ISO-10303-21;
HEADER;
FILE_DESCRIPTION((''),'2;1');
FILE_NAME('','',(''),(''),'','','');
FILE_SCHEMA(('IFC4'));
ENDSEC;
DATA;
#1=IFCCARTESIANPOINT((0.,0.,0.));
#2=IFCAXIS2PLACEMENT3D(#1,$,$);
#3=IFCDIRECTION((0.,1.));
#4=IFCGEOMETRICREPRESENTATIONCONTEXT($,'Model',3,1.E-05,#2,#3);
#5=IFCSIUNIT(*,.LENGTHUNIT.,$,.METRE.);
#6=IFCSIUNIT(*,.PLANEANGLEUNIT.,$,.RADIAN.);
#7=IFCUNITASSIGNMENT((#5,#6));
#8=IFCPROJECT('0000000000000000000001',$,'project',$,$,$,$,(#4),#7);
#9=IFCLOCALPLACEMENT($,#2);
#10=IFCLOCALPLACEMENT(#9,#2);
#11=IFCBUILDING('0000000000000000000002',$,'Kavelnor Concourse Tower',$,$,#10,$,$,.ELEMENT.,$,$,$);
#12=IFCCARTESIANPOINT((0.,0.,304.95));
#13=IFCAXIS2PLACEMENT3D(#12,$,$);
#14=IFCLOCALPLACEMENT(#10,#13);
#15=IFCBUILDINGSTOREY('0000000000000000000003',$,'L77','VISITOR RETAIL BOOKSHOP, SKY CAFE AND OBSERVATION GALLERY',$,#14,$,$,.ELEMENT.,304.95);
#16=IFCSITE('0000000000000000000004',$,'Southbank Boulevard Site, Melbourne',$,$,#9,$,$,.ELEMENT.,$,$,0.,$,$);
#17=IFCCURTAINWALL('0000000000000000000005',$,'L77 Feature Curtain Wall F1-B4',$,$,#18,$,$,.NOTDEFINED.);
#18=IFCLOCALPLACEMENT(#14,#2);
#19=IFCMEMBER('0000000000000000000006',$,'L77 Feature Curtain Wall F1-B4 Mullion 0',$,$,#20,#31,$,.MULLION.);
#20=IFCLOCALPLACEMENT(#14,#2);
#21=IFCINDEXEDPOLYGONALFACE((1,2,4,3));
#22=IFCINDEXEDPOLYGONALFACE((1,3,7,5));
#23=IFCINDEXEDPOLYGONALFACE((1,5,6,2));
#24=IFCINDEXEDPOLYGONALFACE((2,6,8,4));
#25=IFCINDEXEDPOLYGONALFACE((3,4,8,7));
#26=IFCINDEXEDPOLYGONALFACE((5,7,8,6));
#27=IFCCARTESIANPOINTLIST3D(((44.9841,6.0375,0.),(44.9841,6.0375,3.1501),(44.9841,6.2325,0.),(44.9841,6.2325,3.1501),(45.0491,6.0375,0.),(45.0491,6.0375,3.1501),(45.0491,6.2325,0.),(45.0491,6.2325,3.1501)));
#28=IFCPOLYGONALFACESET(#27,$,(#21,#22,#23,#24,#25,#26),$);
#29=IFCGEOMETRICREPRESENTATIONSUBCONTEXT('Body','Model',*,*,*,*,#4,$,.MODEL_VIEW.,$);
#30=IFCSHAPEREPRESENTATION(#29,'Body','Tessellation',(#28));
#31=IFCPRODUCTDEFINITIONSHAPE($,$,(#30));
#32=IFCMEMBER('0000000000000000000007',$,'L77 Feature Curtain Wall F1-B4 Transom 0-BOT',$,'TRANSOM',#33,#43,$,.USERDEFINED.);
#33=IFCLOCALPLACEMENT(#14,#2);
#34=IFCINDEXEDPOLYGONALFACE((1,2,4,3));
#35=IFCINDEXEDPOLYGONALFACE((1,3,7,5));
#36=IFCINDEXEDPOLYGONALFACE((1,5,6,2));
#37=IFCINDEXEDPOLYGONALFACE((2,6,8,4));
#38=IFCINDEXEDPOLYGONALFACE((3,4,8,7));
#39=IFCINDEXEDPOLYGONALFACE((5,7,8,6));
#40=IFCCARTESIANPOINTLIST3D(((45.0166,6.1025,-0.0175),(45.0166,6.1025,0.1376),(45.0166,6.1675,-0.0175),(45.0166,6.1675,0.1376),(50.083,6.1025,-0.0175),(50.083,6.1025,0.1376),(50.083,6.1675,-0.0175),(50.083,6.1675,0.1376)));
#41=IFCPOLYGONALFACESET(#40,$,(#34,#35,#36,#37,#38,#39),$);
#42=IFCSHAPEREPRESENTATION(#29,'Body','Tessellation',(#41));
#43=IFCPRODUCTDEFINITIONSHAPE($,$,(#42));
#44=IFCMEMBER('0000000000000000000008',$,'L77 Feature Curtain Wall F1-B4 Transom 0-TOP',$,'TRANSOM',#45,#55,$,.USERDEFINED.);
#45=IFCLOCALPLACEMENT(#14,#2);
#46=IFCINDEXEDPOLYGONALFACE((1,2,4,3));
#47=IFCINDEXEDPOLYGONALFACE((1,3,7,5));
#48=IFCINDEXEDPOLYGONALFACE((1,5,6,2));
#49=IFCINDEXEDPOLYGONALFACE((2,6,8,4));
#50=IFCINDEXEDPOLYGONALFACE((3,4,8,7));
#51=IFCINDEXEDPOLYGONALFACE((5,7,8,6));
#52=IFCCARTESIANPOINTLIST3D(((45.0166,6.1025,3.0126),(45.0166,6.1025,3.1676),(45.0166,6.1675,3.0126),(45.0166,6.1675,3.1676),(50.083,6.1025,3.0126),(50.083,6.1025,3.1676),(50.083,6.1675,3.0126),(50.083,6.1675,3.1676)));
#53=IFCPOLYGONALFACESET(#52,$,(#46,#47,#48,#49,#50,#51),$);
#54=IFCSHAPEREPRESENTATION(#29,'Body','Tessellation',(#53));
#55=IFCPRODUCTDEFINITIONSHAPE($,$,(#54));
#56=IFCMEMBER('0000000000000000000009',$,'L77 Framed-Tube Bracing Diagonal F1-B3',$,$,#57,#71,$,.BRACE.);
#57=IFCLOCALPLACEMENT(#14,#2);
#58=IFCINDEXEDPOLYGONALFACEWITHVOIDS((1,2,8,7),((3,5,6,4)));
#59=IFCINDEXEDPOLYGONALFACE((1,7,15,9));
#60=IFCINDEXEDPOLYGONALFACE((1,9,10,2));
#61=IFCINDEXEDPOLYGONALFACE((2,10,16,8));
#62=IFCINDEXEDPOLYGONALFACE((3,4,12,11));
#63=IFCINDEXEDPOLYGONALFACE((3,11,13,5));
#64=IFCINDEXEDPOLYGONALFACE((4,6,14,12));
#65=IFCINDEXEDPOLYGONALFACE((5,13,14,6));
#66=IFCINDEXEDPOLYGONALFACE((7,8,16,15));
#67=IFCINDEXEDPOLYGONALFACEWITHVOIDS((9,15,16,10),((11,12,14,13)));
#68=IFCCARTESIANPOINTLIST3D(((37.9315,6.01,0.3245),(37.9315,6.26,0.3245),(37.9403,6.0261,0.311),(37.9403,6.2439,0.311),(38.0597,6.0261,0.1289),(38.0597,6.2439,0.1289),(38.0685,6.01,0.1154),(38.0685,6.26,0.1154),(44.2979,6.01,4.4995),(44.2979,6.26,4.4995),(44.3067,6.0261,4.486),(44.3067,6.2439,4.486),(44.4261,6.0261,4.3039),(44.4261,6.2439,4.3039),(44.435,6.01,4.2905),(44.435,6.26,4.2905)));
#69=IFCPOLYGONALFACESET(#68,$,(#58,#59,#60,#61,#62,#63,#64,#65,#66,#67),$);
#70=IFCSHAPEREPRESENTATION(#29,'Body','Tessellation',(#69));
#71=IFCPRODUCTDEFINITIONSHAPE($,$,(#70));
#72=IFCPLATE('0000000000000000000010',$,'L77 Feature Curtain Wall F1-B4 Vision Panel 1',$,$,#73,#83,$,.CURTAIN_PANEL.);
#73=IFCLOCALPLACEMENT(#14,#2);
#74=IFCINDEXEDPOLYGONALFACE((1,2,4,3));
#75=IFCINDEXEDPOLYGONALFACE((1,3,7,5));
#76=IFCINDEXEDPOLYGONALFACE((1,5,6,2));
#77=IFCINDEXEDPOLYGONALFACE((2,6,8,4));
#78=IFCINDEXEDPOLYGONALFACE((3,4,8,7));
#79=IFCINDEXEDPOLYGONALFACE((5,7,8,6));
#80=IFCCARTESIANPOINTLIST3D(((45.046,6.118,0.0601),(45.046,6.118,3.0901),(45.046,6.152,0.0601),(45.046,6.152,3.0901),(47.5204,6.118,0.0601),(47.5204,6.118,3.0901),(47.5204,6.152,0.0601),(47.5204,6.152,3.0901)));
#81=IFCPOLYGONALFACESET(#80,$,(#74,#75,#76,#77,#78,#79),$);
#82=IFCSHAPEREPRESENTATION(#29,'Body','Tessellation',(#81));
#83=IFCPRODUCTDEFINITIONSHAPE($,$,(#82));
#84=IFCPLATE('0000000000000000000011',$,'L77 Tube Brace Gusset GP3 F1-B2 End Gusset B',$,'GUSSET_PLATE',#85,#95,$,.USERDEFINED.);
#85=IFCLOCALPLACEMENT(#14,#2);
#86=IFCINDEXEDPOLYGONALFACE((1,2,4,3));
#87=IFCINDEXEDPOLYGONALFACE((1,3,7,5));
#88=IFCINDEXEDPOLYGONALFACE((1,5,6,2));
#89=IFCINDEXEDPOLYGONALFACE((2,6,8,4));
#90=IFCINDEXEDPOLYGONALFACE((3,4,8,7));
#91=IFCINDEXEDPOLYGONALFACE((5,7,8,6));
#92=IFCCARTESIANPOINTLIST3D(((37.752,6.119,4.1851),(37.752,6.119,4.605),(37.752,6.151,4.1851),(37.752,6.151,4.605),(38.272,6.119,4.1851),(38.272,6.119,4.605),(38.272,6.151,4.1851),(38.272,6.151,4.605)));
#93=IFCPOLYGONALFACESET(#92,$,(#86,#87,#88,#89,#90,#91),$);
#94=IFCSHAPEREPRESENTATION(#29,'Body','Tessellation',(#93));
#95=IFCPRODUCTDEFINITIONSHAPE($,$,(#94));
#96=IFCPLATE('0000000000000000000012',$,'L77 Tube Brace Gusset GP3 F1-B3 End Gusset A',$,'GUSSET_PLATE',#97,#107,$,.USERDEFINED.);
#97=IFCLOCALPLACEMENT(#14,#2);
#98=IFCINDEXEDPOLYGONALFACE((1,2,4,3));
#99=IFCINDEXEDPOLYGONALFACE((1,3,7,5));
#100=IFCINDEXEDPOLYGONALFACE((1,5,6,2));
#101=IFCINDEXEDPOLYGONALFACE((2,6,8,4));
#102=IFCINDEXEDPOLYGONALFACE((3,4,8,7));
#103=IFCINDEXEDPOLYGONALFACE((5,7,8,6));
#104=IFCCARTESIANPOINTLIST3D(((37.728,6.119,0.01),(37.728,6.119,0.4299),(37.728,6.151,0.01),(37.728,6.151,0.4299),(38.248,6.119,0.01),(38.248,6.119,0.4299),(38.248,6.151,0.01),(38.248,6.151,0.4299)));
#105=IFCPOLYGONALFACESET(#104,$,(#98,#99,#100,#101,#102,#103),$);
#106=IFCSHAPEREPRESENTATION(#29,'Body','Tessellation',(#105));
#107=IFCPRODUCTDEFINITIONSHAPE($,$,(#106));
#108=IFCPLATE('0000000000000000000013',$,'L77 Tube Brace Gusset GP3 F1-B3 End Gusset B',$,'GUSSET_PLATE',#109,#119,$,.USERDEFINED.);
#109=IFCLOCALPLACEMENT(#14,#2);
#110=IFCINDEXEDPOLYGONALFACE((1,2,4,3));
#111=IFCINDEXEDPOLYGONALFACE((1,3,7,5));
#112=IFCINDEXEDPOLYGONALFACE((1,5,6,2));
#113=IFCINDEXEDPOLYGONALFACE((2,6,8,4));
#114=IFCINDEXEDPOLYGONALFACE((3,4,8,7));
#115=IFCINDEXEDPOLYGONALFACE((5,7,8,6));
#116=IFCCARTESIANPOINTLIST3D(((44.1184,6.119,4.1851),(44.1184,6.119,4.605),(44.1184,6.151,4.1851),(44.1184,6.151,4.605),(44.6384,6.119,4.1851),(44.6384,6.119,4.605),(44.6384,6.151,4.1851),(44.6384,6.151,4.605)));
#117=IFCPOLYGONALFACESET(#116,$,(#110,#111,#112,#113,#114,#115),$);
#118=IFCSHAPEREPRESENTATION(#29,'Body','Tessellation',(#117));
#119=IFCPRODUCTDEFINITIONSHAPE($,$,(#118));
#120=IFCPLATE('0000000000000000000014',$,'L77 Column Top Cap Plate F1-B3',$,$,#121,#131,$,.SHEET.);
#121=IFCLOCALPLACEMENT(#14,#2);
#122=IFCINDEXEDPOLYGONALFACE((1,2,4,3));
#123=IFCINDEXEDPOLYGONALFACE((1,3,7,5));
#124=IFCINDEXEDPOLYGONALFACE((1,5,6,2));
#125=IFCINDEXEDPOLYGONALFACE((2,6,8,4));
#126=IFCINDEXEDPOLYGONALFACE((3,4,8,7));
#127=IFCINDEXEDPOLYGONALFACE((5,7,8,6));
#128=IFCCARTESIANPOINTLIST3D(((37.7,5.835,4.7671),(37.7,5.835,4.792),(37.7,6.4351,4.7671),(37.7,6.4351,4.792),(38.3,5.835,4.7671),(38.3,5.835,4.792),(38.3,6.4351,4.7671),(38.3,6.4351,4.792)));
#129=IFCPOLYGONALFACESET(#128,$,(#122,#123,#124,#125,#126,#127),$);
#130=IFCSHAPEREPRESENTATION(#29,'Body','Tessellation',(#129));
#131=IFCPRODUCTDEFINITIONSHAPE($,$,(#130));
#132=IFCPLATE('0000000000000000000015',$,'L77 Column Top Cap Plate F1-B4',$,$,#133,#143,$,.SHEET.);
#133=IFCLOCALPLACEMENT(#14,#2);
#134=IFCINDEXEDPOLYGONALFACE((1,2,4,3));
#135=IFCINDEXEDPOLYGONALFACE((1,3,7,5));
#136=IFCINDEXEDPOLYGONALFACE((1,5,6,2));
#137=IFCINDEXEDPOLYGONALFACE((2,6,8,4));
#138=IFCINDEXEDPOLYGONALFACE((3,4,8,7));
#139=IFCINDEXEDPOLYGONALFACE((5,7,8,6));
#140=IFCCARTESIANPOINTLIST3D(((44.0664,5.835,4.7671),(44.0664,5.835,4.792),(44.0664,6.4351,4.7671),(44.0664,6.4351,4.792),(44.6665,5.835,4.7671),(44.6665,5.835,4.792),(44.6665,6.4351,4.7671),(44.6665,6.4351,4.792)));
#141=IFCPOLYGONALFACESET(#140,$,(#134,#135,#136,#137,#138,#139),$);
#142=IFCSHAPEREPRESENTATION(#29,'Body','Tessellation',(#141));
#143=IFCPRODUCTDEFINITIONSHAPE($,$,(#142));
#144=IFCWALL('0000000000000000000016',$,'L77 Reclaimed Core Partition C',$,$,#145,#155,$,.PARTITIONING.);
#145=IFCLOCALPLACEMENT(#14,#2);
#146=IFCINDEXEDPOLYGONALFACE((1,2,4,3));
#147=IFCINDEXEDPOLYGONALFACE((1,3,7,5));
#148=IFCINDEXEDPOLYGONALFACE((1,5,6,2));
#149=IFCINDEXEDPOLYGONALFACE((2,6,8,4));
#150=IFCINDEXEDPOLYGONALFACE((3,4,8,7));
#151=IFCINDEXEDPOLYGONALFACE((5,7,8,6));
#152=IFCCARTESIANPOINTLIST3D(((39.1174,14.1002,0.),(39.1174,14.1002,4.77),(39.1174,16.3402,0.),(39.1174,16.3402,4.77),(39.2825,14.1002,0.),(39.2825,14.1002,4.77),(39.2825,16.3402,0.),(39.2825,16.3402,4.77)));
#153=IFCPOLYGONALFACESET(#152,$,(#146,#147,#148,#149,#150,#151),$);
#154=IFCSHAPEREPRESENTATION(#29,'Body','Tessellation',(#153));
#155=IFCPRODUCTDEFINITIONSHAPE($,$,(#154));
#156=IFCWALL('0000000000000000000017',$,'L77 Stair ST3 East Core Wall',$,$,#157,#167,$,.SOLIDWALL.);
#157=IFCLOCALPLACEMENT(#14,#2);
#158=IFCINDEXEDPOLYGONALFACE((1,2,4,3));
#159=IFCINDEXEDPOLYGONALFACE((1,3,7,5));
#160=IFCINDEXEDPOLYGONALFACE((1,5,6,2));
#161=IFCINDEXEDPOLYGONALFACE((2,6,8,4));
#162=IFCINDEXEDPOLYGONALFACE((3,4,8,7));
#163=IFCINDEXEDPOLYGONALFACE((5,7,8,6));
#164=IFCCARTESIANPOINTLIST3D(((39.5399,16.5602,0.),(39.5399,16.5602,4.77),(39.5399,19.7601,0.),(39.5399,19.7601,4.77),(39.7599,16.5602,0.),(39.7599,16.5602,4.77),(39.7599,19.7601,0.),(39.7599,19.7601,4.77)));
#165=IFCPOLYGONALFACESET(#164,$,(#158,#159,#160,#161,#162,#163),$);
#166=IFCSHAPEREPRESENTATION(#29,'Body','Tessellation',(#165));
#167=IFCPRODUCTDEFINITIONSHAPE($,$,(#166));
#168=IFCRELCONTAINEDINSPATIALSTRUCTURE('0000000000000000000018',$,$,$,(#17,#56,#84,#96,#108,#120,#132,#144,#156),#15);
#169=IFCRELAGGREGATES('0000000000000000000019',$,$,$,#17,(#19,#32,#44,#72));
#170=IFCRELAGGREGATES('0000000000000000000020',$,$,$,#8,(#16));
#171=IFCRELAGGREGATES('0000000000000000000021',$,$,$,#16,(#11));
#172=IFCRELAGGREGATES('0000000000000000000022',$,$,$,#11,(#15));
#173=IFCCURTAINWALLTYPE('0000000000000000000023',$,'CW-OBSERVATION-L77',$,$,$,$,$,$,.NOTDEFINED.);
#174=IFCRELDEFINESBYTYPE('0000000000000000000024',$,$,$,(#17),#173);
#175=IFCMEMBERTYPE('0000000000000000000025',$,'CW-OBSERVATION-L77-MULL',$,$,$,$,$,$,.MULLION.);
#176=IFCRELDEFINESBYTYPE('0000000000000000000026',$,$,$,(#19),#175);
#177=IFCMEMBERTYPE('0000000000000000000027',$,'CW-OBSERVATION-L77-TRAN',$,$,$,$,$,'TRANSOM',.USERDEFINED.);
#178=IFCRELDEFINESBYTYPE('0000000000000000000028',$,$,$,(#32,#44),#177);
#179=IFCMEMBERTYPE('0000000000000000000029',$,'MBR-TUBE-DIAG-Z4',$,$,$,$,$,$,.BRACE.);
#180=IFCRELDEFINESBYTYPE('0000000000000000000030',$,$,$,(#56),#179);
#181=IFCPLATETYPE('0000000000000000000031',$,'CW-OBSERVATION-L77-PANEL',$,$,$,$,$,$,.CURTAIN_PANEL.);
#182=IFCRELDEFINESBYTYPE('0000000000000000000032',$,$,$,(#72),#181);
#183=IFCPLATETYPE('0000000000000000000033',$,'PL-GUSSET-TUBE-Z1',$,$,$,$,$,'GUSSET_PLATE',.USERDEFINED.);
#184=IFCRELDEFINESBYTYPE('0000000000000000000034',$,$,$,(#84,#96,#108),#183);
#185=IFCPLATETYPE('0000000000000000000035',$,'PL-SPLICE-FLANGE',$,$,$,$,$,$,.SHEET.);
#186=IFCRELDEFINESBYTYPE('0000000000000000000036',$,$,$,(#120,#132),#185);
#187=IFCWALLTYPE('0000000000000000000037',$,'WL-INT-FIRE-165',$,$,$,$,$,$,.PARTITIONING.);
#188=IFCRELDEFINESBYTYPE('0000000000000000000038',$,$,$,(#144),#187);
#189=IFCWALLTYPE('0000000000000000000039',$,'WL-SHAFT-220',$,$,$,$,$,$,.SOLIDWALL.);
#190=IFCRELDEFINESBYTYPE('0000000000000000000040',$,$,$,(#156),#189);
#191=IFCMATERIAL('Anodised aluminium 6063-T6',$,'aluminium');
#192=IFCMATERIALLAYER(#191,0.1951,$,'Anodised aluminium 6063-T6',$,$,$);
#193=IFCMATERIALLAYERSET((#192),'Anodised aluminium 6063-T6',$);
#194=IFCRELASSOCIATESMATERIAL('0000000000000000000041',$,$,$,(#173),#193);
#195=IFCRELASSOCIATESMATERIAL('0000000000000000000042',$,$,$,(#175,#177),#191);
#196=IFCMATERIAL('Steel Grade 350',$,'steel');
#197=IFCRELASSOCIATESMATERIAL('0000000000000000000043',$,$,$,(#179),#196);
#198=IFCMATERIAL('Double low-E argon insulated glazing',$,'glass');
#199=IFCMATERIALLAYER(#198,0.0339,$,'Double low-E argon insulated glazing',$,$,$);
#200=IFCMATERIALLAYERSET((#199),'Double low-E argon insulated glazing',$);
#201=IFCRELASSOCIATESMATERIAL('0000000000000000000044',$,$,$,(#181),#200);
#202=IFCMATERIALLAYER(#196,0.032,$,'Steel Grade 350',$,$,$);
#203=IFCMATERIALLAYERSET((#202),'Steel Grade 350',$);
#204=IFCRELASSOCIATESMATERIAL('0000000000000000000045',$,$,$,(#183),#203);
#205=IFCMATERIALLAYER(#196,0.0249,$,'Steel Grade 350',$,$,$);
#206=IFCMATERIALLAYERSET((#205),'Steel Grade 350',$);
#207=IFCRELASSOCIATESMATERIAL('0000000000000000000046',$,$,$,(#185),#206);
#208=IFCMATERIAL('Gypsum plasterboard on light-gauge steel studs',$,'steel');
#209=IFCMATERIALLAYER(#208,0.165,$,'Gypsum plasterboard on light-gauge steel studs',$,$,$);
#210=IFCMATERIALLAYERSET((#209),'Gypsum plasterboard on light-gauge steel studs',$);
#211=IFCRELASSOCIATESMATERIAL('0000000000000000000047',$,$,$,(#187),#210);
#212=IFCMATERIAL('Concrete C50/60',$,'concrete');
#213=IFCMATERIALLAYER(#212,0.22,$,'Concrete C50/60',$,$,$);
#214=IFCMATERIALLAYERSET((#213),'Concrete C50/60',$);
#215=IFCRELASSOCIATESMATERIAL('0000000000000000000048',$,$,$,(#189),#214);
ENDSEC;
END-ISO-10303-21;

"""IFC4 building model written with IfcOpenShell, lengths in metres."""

from ifc_helpers import new_model, si_unit, direction, frame, frame_2d, origin, origin_2d, place, context, subcontext, project, spatial, rectangle, hollow_rectangle, extrude, material, layer, layer_set, material_profile, profile_set, type_object, element, aggregate, save


model = new_model("IFC4")

# Units and contexts
model_context = context("Model", 3, precision=1e-05, world=origin(), true_north=direction((0.0, 1.0)))
body_context = subcontext(model_context, "Body", "Model", "MODEL_VIEW")
ifc_project = project(units=[si_unit("LENGTHUNIT", "METRE"), si_unit("PLANEANGLEUNIT", "RADIAN")], contexts=[model_context])

# Site, building, storey
site_placement = place(None, origin())
site = spatial("IfcSite", under=ifc_project, at=site_placement, Name="Southbank Boulevard Site, Melbourne", CompositionType="ELEMENT", RefElevation=0.0)
building_placement = place(site_placement, origin())
building = spatial("IfcBuilding", under=site, at=building_placement, Name="Kavelnor Concourse Tower", CompositionType="ELEMENT")
storey_placement = place(building_placement, frame((0.0, 0.0, 304.95)))
storey = spatial("IfcBuildingStorey", under=building, at=storey_placement, Name="L77", Description="VISITOR RETAIL BOOKSHOP, SKY CAFE AND OBSERVATION GALLERY", CompositionType="ELEMENT", Elevation=304.95)

# Shared definitions
ifc_material_1 = material(Name="Steel Grade 350", Category="steel")

# Curtain wall, members
ifc_material_2 = material(Name="Anodised aluminium 6063-T6", Category="aluminium")
ifc_layer_1 = layer(ifc_material_2, 0.1951, Name="Anodised aluminium 6063-T6")
ifc_layer_set_1 = layer_set([ifc_layer_1], Name="Anodised aluminium 6063-T6")
curtain_wall_type = type_object("IfcCurtainWallType", Name="CW-OBSERVATION-L77", PredefinedType="NOTDEFINED", material=ifc_layer_set_1)
curtain_wall_placement = place(storey_placement, origin())
curtain_wall = element("IfcCurtainWall", 1, at=curtain_wall_placement, inside=storey, type_object=curtain_wall_type, Name="L77 Feature Curtain Wall F1-B4", PredefinedType="NOTDEFINED")
ifc_material_profile_1 = material_profile(ifc_material_2, rectangle(XDim=0.0649, YDim=0.1951, at=origin_2d()), Name="AL-MULL 65x195")
ifc_profile_set_1 = profile_set([ifc_material_profile_1], Name="Anodised aluminium 6063-T6")
member_type_1 = type_object("IfcMemberType", Name="CW-OBSERVATION-L77-MULL", PredefinedType="MULLION", material=ifc_profile_set_1)
member_1_placement = place(storey_placement, frame((45.0166, 6.135, 0.0), z_axis=(0.0, 0.0, 1.0), x_axis=(1.0, 0.0, 0.0)))
member_1 = element("IfcMember", 2, at=member_1_placement, type_object=member_type_1, Name="L77 Feature Curtain Wall F1-B4 Mullion 0", PredefinedType="MULLION", context=body_context, shape_type="SweptSolid", body=[
    extrude(rectangle(XDim=0.0649, YDim=0.1951, at=origin_2d()), origin(), (0.0, 0.0, 1.0), 3.1501),
])
ifc_material_profile_2 = material_profile(ifc_material_2, rectangle(XDim=0.0649, YDim=0.155, at=origin_2d()), Name="AL-TRAN 65x155")
ifc_profile_set_2 = profile_set([ifc_material_profile_2], Name="Anodised aluminium 6063-T6")
member_type_2 = type_object("IfcMemberType", Name="CW-OBSERVATION-L77-TRAN", ElementType="TRANSOM", PredefinedType="USERDEFINED", material=ifc_profile_set_2)
member_2_placement = place(storey_placement, frame((45.0166, 6.135, 0.0601), z_axis=(1.0, 0.0, 0.0), x_axis=(0.0, 1.0, 0.0)))
member_2 = element("IfcMember", 3, at=member_2_placement, type_object=member_type_2, Name="L77 Feature Curtain Wall F1-B4 Transom 0-BOT", ObjectType="TRANSOM", PredefinedType="USERDEFINED", context=body_context, shape_type="SweptSolid", body=[
    extrude(rectangle(XDim=0.0649, YDim=0.155, at=origin_2d()), origin(), (0.0, 0.0, 1.0), 5.0664),
])
member_3_placement = place(storey_placement, frame((45.0166, 6.135, 3.0901), z_axis=(1.0, 0.0, 0.0), x_axis=(0.0, 1.0, 0.0)))
member_3 = element("IfcMember", 4, at=member_3_placement, type_object=member_type_2, Name="L77 Feature Curtain Wall F1-B4 Transom 0-TOP", ObjectType="TRANSOM", PredefinedType="USERDEFINED", context=body_context, shape_type="SweptSolid", body=[
    extrude(rectangle(XDim=0.0649, YDim=0.155, at=origin_2d()), origin(), (0.0, 0.0, 1.0), 5.0664),
])

# Member
ifc_material_profile_3 = material_profile(ifc_material_1, hollow_rectangle(XDim=0.25, YDim=0.25, WallThickness=0.0161, at=origin_2d()), Name="SHS 250x250x16")
ifc_profile_set_3 = profile_set([ifc_material_profile_3], Name="Steel Grade 350")
member_type_3 = type_object("IfcMemberType", Name="MBR-TUBE-DIAG-Z4", PredefinedType="BRACE", material=ifc_profile_set_3)
member_4_placement = place(storey_placement, frame((38.0, 6.135, 0.22), z_axis=(0.836225, 0.0, 0.548387), x_axis=(0.0, 1.0, 0.0)))
element("IfcMember", 5, at=member_4_placement, inside=storey, type_object=member_type_3, Name="L77 Framed-Tube Bracing Diagonal F1-B3", PredefinedType="BRACE", context=body_context, shape_type="SweptSolid", body=[
    extrude(hollow_rectangle(XDim=0.25, YDim=0.25, WallThickness=0.0161, at=origin_2d()), origin(), (0.0, 0.0, 1.0), 7.6133),
])

# Plate
ifc_material_3 = material(Name="Double low-E argon insulated glazing", Category="glass")
ifc_layer_2 = layer(ifc_material_3, 0.0339, Name="Double low-E argon insulated glazing")
ifc_layer_set_2 = layer_set([ifc_layer_2], Name="Double low-E argon insulated glazing")
plate_type_1 = type_object("IfcPlateType", Name="CW-OBSERVATION-L77-PANEL", PredefinedType="CURTAIN_PANEL", material=ifc_layer_set_2)
plate_placement = place(storey_placement, frame((46.2832, 6.135, 0.0601), z_axis=(0.0, 0.0, 1.0), x_axis=(1.0, 0.0, 0.0)))
plate = element("IfcPlate", 6, at=plate_placement, type_object=plate_type_1, Name="L77 Feature Curtain Wall F1-B4 Vision Panel 1", PredefinedType="CURTAIN_PANEL", context=body_context, shape_type="SweptSolid", body=[
    extrude(rectangle(XDim=2.4744, YDim=0.0339, at=origin_2d()), origin(), (0.0, 0.0, 1.0), 3.03),
])
aggregate(curtain_wall, [member_1, member_2, member_3, plate])

# Plates
ifc_layer_3 = layer(ifc_material_1, 0.032, Name="Steel Grade 350")
ifc_layer_set_3 = layer_set([ifc_layer_3], Name="Steel Grade 350")
plate_type_2 = type_object("IfcPlateType", Name="PL-GUSSET-TUBE-Z1", ElementType="GUSSET_PLATE", PredefinedType="USERDEFINED", material=ifc_layer_set_3)
for number, where, z_axis, x_axis, name in (
    (7, (38.012, 6.135, 4.1851), (0.0, 0.0, 1.0), (1.0, 0.0, 0.0), "L77 Tube Brace Gusset GP3 F1-B2 End Gusset B"),
    (8, (37.988, 6.135, 0.01), (0.0, 0.0, 1.0), (1.0, 0.0, 0.0), "L77 Tube Brace Gusset GP3 F1-B3 End Gusset A"),
    (9, (44.3784, 6.135, 4.1851), (0.0, 0.0, 1.0), (1.0, 0.0, 0.0), "L77 Tube Brace Gusset GP3 F1-B3 End Gusset B"),
):
    element("IfcPlate", number, at=place(storey_placement, frame(where, z_axis=z_axis, x_axis=x_axis)), inside=storey, type_object=plate_type_2, Name=name, ObjectType="GUSSET_PLATE", PredefinedType="USERDEFINED", context=body_context, shape_type="SweptSolid", body=[
        extrude(rectangle(XDim=0.52, YDim=0.032, at=origin_2d()), origin(), (0.0, 0.0, 1.0), 0.4199),
    ])
ifc_layer_4 = layer(ifc_material_1, 0.0249, Name="Steel Grade 350")
ifc_layer_set_4 = layer_set([ifc_layer_4], Name="Steel Grade 350")
plate_type_3 = type_object("IfcPlateType", Name="PL-SPLICE-FLANGE", PredefinedType="SHEET", material=ifc_layer_set_4)
for number, where, z_axis, x_axis, name in (
    (10, (38.0, 6.135, 4.7671), (0.0, 0.0, 1.0), (1.0, 0.0, 0.0), "L77 Column Top Cap Plate F1-B3"),
    (11, (44.3665, 6.135, 4.7671), (0.0, 0.0, 1.0), (1.0, 0.0, 0.0), "L77 Column Top Cap Plate F1-B4"),
):
    element("IfcPlate", number, at=place(storey_placement, frame(where, z_axis=z_axis, x_axis=x_axis)), inside=storey, type_object=plate_type_3, Name=name, PredefinedType="SHEET", context=body_context, shape_type="SweptSolid", body=[
        extrude(rectangle(XDim=0.6001, YDim=0.6001, at=origin_2d()), origin(), (0.0, 0.0, 1.0), 0.0249),
    ])

# Walls
ifc_material_4 = material(Name="Gypsum plasterboard on light-gauge steel studs", Category="steel")
ifc_layer_5 = layer(ifc_material_4, 0.165, Name="Gypsum plasterboard on light-gauge steel studs")
ifc_layer_set_5 = layer_set([ifc_layer_5], Name="Gypsum plasterboard on light-gauge steel studs")
wall_type_1 = type_object("IfcWallType", Name="WL-INT-FIRE-165", PredefinedType="PARTITIONING", material=ifc_layer_set_5)
wall_1_placement = place(storey_placement, frame((39.2, 14.1001, 0.0), z_axis=(0.0, 0.0, 1.0), x_axis=(0.0, 1.0, 0.0)))
element("IfcWall", 12, at=wall_1_placement, inside=storey, type_object=wall_type_1, Name="L77 Reclaimed Core Partition C", PredefinedType="PARTITIONING", context=body_context, shape_type="SweptSolid", body=[
    extrude(rectangle(XDim=2.24, YDim=0.165, at=frame_2d((1.1201, 0.0))), origin(), (0.0, 0.0, 1.0), 4.77),
])
ifc_material_5 = material(Name="Concrete C50/60", Category="concrete")
ifc_layer_6 = layer(ifc_material_5, 0.22, Name="Concrete C50/60")
ifc_layer_set_6 = layer_set([ifc_layer_6], Name="Concrete C50/60")
wall_type_2 = type_object("IfcWallType", Name="WL-SHAFT-220", PredefinedType="SOLIDWALL", material=ifc_layer_set_6)
wall_2_placement = place(storey_placement, frame((39.6499, 16.5601, 0.0), z_axis=(0.0, 0.0, 1.0), x_axis=(0.0, 1.0, 0.0)))
element("IfcWall", 13, at=wall_2_placement, inside=storey, type_object=wall_type_2, Name="L77 Stair ST3 East Core Wall", PredefinedType="SOLIDWALL", context=body_context, shape_type="SweptSolid", body=[
    extrude(rectangle(XDim=3.2, YDim=0.22, at=frame_2d((1.6001, 0.0))), origin(), (0.0, 0.0, 1.0), 4.77),
])

save(model, "model.ifc")
